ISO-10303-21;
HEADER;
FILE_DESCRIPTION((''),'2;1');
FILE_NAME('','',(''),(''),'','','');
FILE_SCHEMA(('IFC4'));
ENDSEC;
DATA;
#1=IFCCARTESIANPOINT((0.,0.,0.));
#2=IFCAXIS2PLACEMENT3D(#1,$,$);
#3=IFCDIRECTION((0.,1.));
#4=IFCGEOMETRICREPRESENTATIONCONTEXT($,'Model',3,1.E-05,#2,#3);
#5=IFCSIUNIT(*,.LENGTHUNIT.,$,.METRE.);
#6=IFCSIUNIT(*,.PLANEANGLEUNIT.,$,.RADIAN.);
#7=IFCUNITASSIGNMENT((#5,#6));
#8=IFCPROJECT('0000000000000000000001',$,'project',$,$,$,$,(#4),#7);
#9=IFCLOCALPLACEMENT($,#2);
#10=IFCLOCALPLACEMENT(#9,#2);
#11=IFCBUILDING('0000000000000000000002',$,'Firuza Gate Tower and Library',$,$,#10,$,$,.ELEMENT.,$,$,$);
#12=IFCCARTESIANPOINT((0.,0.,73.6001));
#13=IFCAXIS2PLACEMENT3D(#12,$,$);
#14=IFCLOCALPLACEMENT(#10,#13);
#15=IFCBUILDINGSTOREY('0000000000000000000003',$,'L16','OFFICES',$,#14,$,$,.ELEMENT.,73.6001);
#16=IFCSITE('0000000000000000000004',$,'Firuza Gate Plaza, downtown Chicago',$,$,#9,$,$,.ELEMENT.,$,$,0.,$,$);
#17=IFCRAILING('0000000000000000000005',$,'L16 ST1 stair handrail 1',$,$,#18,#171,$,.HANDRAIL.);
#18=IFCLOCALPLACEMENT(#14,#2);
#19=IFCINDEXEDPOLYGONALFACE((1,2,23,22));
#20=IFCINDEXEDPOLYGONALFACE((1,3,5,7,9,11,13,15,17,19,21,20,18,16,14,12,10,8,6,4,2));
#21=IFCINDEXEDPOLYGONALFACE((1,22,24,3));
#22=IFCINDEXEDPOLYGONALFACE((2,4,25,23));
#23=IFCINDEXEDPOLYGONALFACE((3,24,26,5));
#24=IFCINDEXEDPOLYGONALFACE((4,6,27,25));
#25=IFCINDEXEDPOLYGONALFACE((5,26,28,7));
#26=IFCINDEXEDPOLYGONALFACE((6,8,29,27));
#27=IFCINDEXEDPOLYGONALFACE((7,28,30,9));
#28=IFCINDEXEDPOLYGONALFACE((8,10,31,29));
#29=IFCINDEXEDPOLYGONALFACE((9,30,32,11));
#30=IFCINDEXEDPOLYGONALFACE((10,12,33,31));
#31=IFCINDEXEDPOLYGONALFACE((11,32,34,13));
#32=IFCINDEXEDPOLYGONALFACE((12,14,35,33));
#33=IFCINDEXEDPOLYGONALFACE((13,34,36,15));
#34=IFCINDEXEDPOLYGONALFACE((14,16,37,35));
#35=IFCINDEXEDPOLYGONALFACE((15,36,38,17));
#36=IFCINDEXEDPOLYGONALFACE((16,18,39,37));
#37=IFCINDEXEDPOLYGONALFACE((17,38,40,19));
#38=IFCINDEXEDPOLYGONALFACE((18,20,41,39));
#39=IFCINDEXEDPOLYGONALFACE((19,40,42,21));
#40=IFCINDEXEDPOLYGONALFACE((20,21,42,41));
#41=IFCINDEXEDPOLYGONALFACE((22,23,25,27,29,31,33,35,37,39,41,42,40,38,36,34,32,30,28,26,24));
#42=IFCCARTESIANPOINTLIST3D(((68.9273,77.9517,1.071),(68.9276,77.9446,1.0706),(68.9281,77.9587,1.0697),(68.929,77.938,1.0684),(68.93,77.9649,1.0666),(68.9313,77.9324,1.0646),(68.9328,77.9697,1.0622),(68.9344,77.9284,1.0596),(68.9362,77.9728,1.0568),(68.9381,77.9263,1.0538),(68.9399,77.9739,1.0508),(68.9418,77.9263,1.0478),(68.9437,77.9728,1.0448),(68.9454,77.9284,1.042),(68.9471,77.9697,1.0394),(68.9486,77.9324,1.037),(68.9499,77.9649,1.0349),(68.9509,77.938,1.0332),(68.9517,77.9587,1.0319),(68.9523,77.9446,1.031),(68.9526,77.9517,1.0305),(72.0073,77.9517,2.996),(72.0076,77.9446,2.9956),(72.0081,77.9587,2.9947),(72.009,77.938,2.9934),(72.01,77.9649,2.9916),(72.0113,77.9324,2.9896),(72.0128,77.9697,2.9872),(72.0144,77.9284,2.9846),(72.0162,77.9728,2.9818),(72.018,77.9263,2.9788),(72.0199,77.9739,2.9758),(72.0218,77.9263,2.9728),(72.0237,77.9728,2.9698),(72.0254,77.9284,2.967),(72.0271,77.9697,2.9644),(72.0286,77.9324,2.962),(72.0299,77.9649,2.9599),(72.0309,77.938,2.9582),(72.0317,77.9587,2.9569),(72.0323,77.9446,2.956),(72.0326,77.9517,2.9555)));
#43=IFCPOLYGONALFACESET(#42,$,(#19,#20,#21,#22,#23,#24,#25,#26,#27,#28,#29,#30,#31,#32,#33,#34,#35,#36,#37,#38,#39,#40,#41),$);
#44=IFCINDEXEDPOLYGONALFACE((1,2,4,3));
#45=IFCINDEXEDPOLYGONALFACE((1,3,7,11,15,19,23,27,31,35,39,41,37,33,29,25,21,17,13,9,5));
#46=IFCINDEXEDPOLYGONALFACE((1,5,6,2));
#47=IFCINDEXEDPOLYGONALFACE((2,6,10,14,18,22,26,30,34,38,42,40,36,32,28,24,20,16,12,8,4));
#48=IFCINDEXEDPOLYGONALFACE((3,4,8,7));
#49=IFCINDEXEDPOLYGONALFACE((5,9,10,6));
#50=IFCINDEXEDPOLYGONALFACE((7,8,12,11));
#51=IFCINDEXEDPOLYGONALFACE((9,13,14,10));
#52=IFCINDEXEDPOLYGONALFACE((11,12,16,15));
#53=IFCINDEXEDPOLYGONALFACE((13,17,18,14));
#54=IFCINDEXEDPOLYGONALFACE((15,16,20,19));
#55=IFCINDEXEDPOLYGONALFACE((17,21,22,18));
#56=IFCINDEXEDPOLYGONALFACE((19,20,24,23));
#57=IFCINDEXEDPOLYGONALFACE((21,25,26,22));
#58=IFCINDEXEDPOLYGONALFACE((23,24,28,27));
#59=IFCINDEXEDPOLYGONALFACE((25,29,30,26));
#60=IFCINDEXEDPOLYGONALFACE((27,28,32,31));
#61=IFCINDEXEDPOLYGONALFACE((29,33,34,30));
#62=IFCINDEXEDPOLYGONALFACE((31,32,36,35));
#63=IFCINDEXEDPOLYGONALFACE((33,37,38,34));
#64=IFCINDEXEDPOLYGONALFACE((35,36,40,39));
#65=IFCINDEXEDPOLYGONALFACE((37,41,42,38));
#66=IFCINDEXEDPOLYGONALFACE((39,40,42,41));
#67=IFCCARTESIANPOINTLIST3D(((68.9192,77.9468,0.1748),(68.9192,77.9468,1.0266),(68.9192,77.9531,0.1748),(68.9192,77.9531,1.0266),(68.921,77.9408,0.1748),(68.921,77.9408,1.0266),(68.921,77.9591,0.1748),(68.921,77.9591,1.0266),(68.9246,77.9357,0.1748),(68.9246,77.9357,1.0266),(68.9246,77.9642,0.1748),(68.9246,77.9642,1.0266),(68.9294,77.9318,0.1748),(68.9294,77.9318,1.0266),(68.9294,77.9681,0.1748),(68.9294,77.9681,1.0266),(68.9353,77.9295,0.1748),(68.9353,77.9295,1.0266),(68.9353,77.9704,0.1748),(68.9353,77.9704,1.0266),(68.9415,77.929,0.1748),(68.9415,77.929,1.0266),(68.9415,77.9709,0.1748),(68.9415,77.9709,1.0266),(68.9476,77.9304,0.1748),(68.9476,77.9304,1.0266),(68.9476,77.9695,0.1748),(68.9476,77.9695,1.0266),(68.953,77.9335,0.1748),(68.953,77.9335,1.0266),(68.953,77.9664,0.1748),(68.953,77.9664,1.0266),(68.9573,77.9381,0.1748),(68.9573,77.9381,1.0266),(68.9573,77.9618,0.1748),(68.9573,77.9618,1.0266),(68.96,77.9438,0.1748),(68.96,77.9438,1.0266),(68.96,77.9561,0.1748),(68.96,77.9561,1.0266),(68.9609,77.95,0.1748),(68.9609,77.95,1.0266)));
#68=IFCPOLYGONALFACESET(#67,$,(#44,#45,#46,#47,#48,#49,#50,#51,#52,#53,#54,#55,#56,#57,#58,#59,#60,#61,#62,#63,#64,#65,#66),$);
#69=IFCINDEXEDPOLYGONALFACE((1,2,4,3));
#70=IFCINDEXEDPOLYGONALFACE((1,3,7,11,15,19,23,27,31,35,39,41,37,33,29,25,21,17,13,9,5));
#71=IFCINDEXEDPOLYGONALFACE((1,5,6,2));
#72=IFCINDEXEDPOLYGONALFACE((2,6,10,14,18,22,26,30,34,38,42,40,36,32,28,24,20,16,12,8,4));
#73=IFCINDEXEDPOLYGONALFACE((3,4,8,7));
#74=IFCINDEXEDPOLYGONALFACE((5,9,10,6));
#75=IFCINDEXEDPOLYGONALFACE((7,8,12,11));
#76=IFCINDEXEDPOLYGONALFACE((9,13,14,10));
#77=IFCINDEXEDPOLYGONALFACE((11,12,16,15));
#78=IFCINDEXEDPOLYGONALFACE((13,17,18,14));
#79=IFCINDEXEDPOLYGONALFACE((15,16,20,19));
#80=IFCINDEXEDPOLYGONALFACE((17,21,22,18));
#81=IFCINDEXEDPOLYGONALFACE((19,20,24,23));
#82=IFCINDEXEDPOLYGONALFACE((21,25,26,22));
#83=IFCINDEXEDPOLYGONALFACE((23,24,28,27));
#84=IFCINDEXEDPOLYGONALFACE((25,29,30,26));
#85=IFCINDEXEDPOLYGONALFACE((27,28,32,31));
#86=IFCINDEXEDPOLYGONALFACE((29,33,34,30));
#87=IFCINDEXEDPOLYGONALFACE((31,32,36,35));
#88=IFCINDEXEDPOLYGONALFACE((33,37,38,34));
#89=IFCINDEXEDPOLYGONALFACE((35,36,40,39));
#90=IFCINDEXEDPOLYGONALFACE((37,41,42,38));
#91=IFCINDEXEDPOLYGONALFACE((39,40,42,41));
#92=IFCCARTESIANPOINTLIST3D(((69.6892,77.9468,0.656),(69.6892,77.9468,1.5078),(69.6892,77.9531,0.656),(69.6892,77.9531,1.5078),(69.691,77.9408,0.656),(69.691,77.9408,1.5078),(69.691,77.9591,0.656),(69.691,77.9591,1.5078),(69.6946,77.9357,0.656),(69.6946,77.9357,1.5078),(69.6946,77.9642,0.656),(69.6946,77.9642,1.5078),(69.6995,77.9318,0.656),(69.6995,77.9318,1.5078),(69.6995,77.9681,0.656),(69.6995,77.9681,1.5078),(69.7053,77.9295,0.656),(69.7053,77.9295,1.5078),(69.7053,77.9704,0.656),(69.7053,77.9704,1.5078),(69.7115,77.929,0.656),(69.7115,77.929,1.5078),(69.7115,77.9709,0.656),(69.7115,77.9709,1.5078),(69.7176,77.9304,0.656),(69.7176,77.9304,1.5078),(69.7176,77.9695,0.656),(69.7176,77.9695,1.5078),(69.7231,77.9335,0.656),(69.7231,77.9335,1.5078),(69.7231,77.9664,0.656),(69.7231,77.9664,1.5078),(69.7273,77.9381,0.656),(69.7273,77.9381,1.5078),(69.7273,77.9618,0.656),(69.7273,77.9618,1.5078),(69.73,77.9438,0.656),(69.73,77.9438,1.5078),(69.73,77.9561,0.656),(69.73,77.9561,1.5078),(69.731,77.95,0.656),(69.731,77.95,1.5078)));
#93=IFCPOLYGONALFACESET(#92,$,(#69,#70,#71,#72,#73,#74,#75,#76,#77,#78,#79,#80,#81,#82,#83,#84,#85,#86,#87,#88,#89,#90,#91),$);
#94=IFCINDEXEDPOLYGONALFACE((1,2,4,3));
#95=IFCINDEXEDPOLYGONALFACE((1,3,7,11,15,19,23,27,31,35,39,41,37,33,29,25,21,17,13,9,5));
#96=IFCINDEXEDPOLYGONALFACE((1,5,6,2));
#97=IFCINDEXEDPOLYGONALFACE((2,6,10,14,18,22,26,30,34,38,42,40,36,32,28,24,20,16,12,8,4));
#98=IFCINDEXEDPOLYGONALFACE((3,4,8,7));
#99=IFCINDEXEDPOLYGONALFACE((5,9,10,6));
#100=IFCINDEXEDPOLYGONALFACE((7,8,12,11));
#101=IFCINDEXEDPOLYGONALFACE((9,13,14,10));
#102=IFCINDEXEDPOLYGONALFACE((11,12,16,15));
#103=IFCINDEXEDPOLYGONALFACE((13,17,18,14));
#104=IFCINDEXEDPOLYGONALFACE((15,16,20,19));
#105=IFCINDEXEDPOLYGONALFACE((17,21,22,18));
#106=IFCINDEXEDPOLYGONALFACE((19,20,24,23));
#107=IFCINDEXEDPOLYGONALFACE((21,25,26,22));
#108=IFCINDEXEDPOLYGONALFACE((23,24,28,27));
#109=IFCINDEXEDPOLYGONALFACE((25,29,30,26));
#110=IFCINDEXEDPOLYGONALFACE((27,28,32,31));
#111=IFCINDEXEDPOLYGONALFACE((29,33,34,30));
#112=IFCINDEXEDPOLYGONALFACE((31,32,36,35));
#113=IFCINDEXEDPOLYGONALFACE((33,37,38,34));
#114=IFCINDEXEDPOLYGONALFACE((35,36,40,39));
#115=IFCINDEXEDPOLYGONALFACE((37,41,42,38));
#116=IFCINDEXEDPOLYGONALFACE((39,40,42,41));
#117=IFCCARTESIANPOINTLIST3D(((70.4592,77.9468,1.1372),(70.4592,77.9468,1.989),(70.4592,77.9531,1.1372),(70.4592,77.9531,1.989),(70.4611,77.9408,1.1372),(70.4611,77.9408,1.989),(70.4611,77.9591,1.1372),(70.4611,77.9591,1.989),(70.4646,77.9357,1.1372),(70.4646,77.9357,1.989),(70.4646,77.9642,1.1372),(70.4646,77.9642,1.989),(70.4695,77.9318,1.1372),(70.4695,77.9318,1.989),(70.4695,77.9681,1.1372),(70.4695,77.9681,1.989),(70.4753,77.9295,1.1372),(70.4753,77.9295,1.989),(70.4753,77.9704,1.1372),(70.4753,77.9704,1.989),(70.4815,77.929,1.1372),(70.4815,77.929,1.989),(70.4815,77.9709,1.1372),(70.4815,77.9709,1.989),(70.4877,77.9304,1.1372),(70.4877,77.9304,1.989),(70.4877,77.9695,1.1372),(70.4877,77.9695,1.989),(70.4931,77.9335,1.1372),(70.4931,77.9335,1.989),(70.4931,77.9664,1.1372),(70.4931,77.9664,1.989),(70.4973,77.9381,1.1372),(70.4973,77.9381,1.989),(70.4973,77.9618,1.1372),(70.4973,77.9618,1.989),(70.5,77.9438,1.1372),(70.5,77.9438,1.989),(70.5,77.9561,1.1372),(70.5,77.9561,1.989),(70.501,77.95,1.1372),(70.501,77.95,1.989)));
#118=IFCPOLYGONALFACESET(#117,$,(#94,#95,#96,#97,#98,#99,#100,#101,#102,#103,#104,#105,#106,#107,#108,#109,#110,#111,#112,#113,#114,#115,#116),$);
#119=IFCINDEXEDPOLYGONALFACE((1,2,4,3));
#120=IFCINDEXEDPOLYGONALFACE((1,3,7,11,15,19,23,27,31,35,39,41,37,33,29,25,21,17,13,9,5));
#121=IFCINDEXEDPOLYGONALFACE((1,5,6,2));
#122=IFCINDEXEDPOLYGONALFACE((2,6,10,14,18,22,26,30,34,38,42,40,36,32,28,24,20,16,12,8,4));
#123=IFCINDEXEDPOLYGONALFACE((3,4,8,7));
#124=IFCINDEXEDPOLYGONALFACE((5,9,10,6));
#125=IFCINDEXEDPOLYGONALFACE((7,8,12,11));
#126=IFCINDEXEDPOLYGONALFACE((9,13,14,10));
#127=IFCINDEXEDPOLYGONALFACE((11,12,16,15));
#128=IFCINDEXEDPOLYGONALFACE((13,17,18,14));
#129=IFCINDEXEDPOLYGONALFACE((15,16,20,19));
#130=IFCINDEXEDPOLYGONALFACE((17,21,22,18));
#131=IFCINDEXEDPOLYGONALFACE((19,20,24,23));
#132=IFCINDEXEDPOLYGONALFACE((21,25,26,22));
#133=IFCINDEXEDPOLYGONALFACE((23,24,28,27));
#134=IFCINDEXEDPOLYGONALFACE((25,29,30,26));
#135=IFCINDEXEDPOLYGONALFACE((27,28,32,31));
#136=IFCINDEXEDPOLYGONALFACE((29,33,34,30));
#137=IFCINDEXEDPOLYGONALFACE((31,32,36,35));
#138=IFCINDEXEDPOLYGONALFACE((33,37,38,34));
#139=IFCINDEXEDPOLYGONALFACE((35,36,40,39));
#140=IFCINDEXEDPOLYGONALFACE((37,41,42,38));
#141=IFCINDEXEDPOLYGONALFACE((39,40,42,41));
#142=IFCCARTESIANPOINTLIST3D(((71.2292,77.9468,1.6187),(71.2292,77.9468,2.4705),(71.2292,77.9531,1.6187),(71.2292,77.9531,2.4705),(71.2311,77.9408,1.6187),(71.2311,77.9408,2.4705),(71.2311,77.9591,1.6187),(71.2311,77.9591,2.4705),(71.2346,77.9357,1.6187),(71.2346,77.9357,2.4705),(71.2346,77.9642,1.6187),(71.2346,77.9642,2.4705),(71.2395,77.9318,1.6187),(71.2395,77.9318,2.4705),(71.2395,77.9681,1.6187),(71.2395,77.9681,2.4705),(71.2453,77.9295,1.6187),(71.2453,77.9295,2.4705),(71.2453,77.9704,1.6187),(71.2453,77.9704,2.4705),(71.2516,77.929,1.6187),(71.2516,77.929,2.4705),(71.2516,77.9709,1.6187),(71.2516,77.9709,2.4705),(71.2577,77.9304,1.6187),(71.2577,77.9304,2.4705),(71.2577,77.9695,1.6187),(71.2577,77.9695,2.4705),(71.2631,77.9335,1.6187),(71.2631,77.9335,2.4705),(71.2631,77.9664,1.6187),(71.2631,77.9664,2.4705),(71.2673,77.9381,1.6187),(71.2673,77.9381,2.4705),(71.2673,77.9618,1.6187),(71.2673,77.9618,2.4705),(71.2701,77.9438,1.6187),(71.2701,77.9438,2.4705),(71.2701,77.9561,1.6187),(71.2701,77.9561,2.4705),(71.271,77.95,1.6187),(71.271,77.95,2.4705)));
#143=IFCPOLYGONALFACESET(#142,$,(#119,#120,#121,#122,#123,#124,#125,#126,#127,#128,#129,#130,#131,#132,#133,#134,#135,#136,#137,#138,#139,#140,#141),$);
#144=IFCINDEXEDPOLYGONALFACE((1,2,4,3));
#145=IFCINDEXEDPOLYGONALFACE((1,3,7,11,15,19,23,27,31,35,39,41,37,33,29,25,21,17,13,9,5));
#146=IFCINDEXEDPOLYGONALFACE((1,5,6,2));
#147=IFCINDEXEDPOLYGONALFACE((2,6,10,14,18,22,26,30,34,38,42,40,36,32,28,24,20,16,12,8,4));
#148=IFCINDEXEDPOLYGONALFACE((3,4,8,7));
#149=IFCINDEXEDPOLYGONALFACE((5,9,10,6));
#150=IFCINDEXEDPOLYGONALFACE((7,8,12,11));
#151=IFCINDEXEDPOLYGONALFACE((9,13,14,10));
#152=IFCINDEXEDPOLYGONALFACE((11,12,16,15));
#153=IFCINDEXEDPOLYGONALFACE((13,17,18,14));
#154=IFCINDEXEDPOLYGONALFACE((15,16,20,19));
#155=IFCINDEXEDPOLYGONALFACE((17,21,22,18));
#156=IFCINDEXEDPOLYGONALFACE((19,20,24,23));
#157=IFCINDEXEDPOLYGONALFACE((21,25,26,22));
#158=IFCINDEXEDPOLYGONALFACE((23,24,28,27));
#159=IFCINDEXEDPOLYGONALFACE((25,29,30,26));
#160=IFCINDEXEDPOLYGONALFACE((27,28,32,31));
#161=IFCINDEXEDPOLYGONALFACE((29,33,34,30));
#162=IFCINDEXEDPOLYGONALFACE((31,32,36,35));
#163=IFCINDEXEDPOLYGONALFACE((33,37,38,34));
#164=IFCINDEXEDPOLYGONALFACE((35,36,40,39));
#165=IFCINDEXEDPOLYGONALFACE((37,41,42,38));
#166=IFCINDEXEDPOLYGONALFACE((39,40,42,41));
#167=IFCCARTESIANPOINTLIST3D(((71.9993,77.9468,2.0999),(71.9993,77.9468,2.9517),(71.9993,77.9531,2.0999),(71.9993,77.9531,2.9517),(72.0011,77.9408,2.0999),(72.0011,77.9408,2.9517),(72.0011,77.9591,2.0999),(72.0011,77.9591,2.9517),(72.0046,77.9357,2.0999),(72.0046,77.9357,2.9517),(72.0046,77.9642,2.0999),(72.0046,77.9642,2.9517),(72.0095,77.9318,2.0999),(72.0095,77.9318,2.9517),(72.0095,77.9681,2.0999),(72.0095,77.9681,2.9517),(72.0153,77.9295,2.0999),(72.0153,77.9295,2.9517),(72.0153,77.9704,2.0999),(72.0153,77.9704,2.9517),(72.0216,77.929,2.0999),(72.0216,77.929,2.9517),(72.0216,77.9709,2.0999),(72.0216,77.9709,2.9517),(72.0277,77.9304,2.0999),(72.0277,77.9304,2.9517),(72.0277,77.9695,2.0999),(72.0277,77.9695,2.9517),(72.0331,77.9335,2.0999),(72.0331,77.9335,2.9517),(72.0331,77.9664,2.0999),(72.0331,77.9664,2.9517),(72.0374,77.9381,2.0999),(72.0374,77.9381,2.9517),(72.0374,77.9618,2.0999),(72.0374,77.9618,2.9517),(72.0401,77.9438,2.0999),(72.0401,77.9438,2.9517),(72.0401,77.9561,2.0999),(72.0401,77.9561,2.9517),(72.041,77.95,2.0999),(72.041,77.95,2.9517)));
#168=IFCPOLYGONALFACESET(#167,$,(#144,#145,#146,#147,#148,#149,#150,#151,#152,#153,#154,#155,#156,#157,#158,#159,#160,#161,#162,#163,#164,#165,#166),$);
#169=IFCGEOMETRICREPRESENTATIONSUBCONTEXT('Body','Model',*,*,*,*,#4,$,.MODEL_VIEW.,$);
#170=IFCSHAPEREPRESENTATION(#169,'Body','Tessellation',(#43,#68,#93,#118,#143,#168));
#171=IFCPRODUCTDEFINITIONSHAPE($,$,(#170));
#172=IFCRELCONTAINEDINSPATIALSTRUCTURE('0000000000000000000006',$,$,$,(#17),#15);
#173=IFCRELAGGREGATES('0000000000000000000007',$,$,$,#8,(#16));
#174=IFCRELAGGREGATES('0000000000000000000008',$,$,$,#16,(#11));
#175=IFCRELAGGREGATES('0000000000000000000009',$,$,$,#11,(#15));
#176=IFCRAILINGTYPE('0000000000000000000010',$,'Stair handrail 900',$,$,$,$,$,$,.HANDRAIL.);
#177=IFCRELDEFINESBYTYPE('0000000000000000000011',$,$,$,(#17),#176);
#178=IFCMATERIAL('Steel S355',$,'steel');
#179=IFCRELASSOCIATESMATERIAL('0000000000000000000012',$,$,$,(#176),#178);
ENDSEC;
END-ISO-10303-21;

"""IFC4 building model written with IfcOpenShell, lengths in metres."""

from ifc_helpers import new_model, si_unit, direction, frame, origin, origin_2d, place, context, subcontext, project, spatial, circle, extrude, material, type_object, element, save


model = new_model("IFC4")

# Units and contexts
model_context = context("Model", 3, precision=1e-05, world=origin(), true_north=direction((0.0, 1.0)))
body_context = subcontext(model_context, "Body", "Model", "MODEL_VIEW")
ifc_project = project(units=[si_unit("LENGTHUNIT", "METRE"), si_unit("PLANEANGLEUNIT", "RADIAN")], contexts=[model_context])

# Site, building, storey
site_placement = place(None, origin())
site = spatial("IfcSite", under=ifc_project, at=site_placement, Name="Firuza Gate Plaza, downtown Chicago", CompositionType="ELEMENT", RefElevation=0.0)
building_placement = place(site_placement, origin())
building = spatial("IfcBuilding", under=site, at=building_placement, Name="Firuza Gate Tower and Library", CompositionType="ELEMENT")
storey_placement = place(building_placement, frame((0.0, 0.0, 73.6001)))
storey = spatial("IfcBuildingStorey", under=building, at=storey_placement, Name="L16", Description="OFFICES", CompositionType="ELEMENT", Elevation=73.6001)

# Railing
ifc_material_1 = material(Name="Steel S355", Category="steel")
railing_type_1 = type_object("IfcRailingType", Name="Stair handrail 900", PredefinedType="HANDRAIL", material=ifc_material_1)
railing_1_placement = place(storey_placement, frame((68.9399, 77.95, 0.1748)))
element("IfcRailing", 1, at=railing_1_placement, inside=storey, type_object=railing_type_1, Name="L16 ST1 stair handrail 1", PredefinedType="HANDRAIL", context=body_context, shape_type="SweptSolid", body=[
    extrude(circle(Radius=0.0239, at=origin_2d()), frame((0.0, 0.0, 0.876), z_axis=(0.847998, 0.0, 0.529999), x_axis=(0.0, 1.0, 0.0)), (0.0, 0.0, 1.0), 3.6321),
    extrude(circle(Radius=0.021, at=origin_2d()), origin(), (0.0, 0.0, 1.0), 0.8518),
    extrude(circle(Radius=0.021, at=origin_2d()), frame((0.77, 0.0, 0.4812)), (0.0, 0.0, 1.0), 0.8518),
    extrude(circle(Radius=0.021, at=origin_2d()), frame((1.54, 0.0, 0.9624)), (0.0, 0.0, 1.0), 0.8518),
    extrude(circle(Radius=0.021, at=origin_2d()), frame((2.3101, 0.0, 1.4438)), (0.0, 0.0, 1.0), 0.8518),
    extrude(circle(Radius=0.021, at=origin_2d()), frame((3.0801, 0.0, 1.925)), (0.0, 0.0, 1.0), 0.8518),
])

save(model, "model.ifc")
